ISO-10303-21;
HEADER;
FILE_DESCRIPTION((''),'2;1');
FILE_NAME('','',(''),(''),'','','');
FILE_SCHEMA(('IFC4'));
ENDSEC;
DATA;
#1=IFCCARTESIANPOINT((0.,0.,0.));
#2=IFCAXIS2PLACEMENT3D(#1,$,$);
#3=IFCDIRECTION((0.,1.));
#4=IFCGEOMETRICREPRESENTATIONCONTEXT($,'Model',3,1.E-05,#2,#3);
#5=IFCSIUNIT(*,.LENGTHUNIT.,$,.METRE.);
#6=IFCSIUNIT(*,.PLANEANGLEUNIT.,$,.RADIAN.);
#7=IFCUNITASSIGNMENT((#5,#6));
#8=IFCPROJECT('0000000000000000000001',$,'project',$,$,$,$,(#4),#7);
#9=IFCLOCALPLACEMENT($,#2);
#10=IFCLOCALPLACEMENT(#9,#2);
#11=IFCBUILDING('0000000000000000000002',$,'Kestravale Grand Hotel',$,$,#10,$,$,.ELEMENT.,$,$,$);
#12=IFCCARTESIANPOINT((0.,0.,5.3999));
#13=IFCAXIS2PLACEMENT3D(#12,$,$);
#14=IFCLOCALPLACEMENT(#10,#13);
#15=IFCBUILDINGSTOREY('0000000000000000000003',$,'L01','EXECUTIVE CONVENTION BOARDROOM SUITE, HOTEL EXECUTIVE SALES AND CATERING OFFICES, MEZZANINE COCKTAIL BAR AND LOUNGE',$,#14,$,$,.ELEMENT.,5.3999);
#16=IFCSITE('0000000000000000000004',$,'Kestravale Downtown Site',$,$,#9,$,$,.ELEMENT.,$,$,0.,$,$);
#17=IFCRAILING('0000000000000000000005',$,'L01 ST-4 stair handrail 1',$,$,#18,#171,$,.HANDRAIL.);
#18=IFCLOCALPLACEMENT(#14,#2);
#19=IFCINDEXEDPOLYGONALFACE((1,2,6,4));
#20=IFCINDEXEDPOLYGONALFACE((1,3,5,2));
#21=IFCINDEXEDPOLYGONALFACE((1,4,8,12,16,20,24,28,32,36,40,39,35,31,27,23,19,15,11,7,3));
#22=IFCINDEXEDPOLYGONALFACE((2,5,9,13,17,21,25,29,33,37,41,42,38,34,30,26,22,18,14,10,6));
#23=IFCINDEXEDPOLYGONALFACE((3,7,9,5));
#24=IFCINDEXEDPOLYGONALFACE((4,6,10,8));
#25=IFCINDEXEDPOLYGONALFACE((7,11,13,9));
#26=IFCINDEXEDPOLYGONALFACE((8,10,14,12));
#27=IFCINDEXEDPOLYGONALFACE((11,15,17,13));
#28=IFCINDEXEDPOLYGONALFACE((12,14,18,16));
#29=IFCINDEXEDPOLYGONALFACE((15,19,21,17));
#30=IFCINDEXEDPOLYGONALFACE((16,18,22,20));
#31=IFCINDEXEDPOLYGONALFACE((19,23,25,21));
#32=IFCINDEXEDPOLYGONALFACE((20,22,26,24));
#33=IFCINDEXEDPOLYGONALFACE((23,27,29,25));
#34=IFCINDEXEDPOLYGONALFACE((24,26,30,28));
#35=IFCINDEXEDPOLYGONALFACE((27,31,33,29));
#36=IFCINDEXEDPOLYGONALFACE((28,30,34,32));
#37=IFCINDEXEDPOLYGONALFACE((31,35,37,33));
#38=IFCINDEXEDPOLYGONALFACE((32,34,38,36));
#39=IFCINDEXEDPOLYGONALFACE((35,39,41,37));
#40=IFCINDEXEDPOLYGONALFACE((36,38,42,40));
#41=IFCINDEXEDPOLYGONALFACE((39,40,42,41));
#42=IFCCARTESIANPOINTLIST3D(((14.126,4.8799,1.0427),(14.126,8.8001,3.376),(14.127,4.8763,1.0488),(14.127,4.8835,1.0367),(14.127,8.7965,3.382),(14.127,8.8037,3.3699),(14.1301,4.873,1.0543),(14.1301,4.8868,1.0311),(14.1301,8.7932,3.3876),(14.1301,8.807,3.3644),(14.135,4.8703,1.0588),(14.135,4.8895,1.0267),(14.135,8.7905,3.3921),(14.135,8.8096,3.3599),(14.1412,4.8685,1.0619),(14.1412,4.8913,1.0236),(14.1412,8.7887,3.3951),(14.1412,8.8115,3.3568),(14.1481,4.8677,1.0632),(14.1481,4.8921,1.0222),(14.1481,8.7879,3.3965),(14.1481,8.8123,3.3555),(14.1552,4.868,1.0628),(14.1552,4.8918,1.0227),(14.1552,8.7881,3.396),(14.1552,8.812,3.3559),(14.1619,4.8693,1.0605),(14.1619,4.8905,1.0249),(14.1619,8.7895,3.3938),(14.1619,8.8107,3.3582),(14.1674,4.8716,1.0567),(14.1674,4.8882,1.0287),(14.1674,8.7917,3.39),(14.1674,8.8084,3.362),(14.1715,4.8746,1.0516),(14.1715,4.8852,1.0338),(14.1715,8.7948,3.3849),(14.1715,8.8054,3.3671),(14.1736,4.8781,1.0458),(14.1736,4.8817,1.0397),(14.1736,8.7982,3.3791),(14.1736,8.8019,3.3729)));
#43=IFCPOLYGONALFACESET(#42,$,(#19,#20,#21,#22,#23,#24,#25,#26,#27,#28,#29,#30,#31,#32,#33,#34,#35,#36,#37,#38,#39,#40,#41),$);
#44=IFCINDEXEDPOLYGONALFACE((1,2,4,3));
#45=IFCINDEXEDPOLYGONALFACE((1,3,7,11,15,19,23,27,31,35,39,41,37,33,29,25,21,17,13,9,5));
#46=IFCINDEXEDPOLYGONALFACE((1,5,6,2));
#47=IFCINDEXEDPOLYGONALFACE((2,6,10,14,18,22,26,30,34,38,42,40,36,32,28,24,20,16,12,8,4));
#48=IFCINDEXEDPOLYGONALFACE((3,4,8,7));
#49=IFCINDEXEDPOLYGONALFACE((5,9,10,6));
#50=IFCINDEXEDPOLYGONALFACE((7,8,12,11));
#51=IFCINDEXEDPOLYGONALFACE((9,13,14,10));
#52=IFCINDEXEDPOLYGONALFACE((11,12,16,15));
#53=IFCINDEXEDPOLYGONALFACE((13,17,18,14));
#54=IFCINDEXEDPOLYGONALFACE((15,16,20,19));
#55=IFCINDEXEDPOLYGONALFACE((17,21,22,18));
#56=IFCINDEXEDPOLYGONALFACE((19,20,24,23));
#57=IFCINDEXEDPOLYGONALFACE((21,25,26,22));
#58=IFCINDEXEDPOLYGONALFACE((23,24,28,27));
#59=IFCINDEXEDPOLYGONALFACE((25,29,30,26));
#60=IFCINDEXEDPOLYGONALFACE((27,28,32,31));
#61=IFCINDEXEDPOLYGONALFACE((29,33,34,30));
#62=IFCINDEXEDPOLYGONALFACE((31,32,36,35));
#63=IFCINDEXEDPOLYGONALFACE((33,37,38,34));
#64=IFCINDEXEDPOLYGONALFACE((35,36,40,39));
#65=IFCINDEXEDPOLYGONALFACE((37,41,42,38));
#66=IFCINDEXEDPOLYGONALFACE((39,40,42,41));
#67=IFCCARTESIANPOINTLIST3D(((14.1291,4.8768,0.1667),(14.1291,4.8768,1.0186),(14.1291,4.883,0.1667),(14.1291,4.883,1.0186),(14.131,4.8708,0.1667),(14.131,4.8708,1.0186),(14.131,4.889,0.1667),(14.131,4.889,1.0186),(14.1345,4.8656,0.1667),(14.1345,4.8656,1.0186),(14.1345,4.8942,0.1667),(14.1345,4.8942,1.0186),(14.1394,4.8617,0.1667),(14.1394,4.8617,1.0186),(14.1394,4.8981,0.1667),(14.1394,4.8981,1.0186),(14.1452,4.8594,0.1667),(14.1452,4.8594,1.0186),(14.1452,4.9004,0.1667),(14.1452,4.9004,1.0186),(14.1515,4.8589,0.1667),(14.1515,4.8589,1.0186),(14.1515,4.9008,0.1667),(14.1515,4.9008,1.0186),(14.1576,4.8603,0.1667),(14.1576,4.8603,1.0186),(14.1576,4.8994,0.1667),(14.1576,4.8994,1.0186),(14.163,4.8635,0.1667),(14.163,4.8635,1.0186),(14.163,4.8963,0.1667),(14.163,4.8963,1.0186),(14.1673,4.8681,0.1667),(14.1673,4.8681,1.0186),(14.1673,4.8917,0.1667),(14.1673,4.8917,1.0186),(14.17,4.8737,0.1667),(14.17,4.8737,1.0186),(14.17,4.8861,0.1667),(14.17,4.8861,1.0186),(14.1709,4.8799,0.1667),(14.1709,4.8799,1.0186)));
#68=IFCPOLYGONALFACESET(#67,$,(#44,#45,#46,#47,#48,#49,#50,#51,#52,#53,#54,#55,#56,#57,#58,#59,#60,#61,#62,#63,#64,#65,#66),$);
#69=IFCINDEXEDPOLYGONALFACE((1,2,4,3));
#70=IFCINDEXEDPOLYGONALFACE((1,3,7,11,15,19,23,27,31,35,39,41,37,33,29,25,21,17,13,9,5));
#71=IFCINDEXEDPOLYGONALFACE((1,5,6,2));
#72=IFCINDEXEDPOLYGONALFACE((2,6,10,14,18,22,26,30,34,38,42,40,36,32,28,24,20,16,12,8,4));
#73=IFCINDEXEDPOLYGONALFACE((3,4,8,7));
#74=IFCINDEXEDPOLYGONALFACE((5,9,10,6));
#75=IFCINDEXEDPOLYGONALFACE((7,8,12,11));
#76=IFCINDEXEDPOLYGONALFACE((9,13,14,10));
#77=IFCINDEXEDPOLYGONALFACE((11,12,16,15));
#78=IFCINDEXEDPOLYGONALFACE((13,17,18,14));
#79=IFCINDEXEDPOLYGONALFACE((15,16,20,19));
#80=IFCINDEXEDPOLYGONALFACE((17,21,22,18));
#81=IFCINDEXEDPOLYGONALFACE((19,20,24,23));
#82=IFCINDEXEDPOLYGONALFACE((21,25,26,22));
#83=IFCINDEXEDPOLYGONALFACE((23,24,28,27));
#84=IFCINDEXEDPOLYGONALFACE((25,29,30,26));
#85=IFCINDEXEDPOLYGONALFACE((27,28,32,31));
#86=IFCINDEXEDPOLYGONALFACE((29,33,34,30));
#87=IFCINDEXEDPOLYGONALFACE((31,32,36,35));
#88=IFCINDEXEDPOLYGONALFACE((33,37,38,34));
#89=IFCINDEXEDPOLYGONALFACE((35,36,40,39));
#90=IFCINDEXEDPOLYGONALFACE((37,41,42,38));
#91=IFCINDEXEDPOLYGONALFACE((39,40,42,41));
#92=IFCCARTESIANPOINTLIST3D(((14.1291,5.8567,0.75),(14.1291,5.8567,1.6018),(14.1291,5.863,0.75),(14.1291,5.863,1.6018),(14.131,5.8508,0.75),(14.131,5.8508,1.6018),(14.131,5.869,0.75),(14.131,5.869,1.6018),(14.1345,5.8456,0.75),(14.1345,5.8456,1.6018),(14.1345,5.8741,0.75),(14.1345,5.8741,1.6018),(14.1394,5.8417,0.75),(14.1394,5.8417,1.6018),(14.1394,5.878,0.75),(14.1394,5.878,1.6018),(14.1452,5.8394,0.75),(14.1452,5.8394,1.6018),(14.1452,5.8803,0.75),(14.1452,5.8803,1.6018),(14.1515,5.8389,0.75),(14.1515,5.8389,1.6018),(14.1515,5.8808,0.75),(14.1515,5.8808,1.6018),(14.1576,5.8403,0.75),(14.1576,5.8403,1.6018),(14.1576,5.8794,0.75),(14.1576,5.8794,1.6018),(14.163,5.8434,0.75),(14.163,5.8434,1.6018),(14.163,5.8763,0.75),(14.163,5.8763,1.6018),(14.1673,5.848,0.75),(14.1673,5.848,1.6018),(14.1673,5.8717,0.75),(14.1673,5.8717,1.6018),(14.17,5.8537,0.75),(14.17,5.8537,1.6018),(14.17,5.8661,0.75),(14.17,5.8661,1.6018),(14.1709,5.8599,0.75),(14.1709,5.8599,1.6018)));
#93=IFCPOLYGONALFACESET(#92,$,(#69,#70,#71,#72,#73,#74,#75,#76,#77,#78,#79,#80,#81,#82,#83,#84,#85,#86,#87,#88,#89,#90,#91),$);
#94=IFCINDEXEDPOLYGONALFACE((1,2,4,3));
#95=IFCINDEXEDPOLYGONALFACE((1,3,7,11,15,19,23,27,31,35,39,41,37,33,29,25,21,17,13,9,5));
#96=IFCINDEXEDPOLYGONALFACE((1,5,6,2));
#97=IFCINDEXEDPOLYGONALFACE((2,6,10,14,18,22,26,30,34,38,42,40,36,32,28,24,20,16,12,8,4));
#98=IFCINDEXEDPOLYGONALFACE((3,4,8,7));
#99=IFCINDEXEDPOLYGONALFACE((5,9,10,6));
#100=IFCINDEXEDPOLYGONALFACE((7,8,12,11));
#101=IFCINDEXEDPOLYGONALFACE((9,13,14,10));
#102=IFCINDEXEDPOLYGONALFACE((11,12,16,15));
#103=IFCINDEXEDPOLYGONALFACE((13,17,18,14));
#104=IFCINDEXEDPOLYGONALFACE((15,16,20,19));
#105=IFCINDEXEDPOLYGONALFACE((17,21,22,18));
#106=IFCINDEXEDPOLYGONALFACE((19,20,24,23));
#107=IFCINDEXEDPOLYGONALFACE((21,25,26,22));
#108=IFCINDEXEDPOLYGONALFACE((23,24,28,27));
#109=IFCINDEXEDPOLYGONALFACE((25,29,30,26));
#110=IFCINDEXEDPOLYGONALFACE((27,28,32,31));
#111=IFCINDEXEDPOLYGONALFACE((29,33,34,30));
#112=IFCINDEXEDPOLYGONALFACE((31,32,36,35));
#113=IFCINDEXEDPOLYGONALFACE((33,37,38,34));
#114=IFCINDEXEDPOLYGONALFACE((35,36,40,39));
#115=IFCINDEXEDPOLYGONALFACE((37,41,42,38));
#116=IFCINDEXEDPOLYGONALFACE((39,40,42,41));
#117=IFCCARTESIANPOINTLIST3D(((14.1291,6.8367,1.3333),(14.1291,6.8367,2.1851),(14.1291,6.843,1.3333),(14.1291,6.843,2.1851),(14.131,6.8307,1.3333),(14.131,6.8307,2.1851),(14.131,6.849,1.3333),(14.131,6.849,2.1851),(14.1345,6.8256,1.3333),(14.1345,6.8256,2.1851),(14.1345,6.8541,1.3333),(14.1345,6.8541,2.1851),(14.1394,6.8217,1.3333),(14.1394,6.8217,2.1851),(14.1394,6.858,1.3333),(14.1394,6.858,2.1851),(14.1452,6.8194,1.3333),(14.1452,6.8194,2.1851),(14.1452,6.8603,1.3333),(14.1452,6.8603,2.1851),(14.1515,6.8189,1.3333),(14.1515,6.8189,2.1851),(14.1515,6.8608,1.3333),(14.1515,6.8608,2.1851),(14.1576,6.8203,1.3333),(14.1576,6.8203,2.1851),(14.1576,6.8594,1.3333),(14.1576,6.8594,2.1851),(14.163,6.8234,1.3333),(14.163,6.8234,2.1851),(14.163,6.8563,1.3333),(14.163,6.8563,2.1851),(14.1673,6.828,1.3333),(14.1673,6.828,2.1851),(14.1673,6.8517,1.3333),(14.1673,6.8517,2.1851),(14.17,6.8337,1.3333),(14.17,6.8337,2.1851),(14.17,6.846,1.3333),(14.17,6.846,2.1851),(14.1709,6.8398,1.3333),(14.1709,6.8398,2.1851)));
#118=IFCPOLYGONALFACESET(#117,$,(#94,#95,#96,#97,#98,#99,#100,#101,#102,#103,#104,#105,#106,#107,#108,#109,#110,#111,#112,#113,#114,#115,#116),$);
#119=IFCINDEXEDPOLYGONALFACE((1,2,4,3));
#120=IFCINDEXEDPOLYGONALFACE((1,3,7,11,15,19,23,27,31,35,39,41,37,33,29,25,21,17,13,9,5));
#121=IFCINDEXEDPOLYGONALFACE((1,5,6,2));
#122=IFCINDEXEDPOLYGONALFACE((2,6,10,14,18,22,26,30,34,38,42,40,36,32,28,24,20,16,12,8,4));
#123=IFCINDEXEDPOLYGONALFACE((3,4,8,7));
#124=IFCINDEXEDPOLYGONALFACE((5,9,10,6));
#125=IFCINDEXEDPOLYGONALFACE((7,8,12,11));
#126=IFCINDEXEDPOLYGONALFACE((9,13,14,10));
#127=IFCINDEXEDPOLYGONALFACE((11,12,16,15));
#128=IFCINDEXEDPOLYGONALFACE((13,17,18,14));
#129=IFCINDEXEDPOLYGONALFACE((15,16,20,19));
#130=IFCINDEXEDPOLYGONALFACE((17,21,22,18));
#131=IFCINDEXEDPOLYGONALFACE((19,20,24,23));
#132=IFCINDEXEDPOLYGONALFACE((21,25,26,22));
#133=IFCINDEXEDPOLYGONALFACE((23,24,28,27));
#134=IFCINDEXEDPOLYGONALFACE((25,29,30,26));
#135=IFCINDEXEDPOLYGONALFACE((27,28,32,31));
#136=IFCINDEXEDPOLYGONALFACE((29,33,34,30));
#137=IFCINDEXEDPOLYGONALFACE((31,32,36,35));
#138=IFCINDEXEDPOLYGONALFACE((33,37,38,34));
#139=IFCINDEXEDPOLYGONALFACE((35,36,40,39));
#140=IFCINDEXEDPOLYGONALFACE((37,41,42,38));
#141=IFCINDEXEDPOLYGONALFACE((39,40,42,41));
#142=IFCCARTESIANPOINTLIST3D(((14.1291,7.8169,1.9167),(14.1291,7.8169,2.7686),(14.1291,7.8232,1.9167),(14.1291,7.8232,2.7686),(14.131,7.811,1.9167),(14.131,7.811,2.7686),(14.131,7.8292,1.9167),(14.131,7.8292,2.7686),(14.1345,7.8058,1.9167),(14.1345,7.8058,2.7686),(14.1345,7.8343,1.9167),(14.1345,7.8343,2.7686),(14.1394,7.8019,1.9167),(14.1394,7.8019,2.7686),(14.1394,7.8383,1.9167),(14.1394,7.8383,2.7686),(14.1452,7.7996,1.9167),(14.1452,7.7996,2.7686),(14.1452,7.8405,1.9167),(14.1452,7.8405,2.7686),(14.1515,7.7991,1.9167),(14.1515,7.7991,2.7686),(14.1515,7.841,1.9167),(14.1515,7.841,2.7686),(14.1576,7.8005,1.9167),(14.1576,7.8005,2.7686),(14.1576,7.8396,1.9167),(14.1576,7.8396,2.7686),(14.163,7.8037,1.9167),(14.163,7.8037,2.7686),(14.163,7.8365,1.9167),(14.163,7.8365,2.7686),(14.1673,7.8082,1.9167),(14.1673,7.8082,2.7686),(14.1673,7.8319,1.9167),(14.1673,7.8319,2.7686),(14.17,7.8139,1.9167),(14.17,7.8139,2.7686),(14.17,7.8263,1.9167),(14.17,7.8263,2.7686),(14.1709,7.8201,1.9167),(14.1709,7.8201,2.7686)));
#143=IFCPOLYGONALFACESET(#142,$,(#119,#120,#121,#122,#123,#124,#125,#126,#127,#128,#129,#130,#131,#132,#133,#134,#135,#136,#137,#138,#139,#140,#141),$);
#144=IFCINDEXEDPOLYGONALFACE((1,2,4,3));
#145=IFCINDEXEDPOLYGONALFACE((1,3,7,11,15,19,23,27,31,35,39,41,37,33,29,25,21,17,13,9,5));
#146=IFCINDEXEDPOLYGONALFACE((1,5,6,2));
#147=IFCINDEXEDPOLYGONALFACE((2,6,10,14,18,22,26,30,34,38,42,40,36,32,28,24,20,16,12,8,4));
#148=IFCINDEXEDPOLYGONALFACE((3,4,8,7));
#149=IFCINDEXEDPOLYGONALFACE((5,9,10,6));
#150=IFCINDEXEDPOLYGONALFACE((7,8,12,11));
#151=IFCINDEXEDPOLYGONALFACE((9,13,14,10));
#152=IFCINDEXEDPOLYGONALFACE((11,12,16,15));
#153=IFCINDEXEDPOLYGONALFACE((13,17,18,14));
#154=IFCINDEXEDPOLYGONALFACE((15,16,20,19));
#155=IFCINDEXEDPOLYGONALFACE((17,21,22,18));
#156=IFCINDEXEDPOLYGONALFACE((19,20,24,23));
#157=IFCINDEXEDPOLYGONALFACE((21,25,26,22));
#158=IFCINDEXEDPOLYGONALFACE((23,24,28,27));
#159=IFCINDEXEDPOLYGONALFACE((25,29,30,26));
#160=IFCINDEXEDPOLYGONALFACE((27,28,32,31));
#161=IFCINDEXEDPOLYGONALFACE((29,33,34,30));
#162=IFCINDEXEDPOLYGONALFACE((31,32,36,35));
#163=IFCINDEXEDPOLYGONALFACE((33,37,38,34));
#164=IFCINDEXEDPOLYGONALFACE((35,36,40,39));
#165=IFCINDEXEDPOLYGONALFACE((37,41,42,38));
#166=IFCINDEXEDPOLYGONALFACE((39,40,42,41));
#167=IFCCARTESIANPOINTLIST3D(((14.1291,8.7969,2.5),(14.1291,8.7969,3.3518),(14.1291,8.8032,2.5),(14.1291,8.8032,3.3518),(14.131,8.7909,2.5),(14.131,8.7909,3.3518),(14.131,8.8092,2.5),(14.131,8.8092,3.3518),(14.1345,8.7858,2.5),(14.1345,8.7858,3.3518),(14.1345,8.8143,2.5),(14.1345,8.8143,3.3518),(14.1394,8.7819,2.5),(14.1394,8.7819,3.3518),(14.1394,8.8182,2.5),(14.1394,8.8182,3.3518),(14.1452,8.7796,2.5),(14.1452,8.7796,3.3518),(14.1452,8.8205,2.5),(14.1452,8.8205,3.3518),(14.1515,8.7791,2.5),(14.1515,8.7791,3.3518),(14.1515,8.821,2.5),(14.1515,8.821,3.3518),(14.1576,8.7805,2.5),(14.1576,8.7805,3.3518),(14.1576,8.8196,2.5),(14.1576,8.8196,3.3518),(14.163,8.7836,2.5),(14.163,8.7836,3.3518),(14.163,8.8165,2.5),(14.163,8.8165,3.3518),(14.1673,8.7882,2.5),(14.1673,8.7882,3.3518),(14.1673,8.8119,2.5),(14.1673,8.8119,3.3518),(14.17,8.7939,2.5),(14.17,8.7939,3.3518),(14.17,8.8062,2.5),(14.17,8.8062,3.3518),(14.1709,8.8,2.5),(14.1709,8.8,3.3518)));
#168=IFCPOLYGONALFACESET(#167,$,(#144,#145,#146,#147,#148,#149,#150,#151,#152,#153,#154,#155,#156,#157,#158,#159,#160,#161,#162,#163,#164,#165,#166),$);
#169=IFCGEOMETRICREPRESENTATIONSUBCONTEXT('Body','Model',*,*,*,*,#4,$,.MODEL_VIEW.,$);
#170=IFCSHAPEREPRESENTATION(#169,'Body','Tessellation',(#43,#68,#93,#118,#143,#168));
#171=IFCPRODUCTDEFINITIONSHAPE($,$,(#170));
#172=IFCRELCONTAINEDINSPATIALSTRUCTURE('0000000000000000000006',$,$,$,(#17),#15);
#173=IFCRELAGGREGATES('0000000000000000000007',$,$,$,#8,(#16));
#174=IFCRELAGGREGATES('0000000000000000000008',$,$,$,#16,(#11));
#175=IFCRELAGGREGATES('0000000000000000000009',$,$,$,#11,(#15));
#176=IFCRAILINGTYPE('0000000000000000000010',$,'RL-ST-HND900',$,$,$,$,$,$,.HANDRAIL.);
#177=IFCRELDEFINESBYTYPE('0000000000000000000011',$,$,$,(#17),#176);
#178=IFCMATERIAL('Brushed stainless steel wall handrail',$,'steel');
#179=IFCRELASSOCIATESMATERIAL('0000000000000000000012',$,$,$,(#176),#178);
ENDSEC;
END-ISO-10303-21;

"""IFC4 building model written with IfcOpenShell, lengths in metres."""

from ifc_helpers import new_model, si_unit, direction, frame, origin, origin_2d, place, context, subcontext, project, spatial, circle, extrude, material, type_object, element, save


model = new_model("IFC4")

# Units and contexts
model_context = context("Model", 3, precision=1e-05, world=origin(), true_north=direction((0.0, 1.0)))
body_context = subcontext(model_context, "Body", "Model", "MODEL_VIEW")
ifc_project = project(units=[si_unit("LENGTHUNIT", "METRE"), si_unit("PLANEANGLEUNIT", "RADIAN")], contexts=[model_context])

# Site, building, storey
site_placement = place(None, origin())
site = spatial("IfcSite", under=ifc_project, at=site_placement, Name="Kestravale Downtown Site", CompositionType="ELEMENT", RefElevation=0.0)
building_placement = place(site_placement, origin())
building = spatial("IfcBuilding", under=site, at=building_placement, Name="Kestravale Grand Hotel", CompositionType="ELEMENT")
storey_placement = place(building_placement, frame((0.0, 0.0, 5.3999)))
storey = spatial("IfcBuildingStorey", under=building, at=storey_placement, Name="L01", Description="EXECUTIVE CONVENTION BOARDROOM SUITE, HOTEL EXECUTIVE SALES AND CATERING OFFICES, MEZZANINE COCKTAIL BAR AND LOUNGE", CompositionType="ELEMENT", Elevation=5.3999)

# Railing
ifc_material_1 = material(Name="Brushed stainless steel wall handrail", Category="steel")
railing_type_1 = type_object("IfcRailingType", Name="RL-ST-HND900", PredefinedType="HANDRAIL", material=ifc_material_1)
railing_1_placement = place(storey_placement, frame((14.1499, 4.8799, 0.1667)))
element("IfcRailing", 1, at=railing_1_placement, inside=storey, type_object=railing_type_1, Name="L01 ST-4 stair handrail 1", PredefinedType="HANDRAIL", context=body_context, shape_type="SweptSolid", body=[
    extrude(circle(Radius=0.0239, at=origin_2d()), frame((0.0, 0.0, 0.876), z_axis=(0.0, 0.85931, 0.511455), x_axis=(-1.0, 0.0, 0.0)), (0.0, 0.0, 1.0), 4.562),
    extrude(circle(Radius=0.021, at=origin_2d()), origin(), (0.0, 0.0, 1.0), 0.8518),
    extrude(circle(Radius=0.021, at=origin_2d()), frame((0.0, 0.98, 0.5833)), (0.0, 0.0, 1.0), 0.8518),
    extrude(circle(Radius=0.021, at=origin_2d()), frame((0.0, 1.96, 1.1665)), (0.0, 0.0, 1.0), 0.8518),
    extrude(circle(Radius=0.021, at=origin_2d()), frame((0.0, 2.9402, 1.75)), (0.0, 0.0, 1.0), 0.8518),
    extrude(circle(Radius=0.021, at=origin_2d()), frame((0.0, 3.9202, 2.3333)), (0.0, 0.0, 1.0), 0.8518),
])

save(model, "model.ifc")
